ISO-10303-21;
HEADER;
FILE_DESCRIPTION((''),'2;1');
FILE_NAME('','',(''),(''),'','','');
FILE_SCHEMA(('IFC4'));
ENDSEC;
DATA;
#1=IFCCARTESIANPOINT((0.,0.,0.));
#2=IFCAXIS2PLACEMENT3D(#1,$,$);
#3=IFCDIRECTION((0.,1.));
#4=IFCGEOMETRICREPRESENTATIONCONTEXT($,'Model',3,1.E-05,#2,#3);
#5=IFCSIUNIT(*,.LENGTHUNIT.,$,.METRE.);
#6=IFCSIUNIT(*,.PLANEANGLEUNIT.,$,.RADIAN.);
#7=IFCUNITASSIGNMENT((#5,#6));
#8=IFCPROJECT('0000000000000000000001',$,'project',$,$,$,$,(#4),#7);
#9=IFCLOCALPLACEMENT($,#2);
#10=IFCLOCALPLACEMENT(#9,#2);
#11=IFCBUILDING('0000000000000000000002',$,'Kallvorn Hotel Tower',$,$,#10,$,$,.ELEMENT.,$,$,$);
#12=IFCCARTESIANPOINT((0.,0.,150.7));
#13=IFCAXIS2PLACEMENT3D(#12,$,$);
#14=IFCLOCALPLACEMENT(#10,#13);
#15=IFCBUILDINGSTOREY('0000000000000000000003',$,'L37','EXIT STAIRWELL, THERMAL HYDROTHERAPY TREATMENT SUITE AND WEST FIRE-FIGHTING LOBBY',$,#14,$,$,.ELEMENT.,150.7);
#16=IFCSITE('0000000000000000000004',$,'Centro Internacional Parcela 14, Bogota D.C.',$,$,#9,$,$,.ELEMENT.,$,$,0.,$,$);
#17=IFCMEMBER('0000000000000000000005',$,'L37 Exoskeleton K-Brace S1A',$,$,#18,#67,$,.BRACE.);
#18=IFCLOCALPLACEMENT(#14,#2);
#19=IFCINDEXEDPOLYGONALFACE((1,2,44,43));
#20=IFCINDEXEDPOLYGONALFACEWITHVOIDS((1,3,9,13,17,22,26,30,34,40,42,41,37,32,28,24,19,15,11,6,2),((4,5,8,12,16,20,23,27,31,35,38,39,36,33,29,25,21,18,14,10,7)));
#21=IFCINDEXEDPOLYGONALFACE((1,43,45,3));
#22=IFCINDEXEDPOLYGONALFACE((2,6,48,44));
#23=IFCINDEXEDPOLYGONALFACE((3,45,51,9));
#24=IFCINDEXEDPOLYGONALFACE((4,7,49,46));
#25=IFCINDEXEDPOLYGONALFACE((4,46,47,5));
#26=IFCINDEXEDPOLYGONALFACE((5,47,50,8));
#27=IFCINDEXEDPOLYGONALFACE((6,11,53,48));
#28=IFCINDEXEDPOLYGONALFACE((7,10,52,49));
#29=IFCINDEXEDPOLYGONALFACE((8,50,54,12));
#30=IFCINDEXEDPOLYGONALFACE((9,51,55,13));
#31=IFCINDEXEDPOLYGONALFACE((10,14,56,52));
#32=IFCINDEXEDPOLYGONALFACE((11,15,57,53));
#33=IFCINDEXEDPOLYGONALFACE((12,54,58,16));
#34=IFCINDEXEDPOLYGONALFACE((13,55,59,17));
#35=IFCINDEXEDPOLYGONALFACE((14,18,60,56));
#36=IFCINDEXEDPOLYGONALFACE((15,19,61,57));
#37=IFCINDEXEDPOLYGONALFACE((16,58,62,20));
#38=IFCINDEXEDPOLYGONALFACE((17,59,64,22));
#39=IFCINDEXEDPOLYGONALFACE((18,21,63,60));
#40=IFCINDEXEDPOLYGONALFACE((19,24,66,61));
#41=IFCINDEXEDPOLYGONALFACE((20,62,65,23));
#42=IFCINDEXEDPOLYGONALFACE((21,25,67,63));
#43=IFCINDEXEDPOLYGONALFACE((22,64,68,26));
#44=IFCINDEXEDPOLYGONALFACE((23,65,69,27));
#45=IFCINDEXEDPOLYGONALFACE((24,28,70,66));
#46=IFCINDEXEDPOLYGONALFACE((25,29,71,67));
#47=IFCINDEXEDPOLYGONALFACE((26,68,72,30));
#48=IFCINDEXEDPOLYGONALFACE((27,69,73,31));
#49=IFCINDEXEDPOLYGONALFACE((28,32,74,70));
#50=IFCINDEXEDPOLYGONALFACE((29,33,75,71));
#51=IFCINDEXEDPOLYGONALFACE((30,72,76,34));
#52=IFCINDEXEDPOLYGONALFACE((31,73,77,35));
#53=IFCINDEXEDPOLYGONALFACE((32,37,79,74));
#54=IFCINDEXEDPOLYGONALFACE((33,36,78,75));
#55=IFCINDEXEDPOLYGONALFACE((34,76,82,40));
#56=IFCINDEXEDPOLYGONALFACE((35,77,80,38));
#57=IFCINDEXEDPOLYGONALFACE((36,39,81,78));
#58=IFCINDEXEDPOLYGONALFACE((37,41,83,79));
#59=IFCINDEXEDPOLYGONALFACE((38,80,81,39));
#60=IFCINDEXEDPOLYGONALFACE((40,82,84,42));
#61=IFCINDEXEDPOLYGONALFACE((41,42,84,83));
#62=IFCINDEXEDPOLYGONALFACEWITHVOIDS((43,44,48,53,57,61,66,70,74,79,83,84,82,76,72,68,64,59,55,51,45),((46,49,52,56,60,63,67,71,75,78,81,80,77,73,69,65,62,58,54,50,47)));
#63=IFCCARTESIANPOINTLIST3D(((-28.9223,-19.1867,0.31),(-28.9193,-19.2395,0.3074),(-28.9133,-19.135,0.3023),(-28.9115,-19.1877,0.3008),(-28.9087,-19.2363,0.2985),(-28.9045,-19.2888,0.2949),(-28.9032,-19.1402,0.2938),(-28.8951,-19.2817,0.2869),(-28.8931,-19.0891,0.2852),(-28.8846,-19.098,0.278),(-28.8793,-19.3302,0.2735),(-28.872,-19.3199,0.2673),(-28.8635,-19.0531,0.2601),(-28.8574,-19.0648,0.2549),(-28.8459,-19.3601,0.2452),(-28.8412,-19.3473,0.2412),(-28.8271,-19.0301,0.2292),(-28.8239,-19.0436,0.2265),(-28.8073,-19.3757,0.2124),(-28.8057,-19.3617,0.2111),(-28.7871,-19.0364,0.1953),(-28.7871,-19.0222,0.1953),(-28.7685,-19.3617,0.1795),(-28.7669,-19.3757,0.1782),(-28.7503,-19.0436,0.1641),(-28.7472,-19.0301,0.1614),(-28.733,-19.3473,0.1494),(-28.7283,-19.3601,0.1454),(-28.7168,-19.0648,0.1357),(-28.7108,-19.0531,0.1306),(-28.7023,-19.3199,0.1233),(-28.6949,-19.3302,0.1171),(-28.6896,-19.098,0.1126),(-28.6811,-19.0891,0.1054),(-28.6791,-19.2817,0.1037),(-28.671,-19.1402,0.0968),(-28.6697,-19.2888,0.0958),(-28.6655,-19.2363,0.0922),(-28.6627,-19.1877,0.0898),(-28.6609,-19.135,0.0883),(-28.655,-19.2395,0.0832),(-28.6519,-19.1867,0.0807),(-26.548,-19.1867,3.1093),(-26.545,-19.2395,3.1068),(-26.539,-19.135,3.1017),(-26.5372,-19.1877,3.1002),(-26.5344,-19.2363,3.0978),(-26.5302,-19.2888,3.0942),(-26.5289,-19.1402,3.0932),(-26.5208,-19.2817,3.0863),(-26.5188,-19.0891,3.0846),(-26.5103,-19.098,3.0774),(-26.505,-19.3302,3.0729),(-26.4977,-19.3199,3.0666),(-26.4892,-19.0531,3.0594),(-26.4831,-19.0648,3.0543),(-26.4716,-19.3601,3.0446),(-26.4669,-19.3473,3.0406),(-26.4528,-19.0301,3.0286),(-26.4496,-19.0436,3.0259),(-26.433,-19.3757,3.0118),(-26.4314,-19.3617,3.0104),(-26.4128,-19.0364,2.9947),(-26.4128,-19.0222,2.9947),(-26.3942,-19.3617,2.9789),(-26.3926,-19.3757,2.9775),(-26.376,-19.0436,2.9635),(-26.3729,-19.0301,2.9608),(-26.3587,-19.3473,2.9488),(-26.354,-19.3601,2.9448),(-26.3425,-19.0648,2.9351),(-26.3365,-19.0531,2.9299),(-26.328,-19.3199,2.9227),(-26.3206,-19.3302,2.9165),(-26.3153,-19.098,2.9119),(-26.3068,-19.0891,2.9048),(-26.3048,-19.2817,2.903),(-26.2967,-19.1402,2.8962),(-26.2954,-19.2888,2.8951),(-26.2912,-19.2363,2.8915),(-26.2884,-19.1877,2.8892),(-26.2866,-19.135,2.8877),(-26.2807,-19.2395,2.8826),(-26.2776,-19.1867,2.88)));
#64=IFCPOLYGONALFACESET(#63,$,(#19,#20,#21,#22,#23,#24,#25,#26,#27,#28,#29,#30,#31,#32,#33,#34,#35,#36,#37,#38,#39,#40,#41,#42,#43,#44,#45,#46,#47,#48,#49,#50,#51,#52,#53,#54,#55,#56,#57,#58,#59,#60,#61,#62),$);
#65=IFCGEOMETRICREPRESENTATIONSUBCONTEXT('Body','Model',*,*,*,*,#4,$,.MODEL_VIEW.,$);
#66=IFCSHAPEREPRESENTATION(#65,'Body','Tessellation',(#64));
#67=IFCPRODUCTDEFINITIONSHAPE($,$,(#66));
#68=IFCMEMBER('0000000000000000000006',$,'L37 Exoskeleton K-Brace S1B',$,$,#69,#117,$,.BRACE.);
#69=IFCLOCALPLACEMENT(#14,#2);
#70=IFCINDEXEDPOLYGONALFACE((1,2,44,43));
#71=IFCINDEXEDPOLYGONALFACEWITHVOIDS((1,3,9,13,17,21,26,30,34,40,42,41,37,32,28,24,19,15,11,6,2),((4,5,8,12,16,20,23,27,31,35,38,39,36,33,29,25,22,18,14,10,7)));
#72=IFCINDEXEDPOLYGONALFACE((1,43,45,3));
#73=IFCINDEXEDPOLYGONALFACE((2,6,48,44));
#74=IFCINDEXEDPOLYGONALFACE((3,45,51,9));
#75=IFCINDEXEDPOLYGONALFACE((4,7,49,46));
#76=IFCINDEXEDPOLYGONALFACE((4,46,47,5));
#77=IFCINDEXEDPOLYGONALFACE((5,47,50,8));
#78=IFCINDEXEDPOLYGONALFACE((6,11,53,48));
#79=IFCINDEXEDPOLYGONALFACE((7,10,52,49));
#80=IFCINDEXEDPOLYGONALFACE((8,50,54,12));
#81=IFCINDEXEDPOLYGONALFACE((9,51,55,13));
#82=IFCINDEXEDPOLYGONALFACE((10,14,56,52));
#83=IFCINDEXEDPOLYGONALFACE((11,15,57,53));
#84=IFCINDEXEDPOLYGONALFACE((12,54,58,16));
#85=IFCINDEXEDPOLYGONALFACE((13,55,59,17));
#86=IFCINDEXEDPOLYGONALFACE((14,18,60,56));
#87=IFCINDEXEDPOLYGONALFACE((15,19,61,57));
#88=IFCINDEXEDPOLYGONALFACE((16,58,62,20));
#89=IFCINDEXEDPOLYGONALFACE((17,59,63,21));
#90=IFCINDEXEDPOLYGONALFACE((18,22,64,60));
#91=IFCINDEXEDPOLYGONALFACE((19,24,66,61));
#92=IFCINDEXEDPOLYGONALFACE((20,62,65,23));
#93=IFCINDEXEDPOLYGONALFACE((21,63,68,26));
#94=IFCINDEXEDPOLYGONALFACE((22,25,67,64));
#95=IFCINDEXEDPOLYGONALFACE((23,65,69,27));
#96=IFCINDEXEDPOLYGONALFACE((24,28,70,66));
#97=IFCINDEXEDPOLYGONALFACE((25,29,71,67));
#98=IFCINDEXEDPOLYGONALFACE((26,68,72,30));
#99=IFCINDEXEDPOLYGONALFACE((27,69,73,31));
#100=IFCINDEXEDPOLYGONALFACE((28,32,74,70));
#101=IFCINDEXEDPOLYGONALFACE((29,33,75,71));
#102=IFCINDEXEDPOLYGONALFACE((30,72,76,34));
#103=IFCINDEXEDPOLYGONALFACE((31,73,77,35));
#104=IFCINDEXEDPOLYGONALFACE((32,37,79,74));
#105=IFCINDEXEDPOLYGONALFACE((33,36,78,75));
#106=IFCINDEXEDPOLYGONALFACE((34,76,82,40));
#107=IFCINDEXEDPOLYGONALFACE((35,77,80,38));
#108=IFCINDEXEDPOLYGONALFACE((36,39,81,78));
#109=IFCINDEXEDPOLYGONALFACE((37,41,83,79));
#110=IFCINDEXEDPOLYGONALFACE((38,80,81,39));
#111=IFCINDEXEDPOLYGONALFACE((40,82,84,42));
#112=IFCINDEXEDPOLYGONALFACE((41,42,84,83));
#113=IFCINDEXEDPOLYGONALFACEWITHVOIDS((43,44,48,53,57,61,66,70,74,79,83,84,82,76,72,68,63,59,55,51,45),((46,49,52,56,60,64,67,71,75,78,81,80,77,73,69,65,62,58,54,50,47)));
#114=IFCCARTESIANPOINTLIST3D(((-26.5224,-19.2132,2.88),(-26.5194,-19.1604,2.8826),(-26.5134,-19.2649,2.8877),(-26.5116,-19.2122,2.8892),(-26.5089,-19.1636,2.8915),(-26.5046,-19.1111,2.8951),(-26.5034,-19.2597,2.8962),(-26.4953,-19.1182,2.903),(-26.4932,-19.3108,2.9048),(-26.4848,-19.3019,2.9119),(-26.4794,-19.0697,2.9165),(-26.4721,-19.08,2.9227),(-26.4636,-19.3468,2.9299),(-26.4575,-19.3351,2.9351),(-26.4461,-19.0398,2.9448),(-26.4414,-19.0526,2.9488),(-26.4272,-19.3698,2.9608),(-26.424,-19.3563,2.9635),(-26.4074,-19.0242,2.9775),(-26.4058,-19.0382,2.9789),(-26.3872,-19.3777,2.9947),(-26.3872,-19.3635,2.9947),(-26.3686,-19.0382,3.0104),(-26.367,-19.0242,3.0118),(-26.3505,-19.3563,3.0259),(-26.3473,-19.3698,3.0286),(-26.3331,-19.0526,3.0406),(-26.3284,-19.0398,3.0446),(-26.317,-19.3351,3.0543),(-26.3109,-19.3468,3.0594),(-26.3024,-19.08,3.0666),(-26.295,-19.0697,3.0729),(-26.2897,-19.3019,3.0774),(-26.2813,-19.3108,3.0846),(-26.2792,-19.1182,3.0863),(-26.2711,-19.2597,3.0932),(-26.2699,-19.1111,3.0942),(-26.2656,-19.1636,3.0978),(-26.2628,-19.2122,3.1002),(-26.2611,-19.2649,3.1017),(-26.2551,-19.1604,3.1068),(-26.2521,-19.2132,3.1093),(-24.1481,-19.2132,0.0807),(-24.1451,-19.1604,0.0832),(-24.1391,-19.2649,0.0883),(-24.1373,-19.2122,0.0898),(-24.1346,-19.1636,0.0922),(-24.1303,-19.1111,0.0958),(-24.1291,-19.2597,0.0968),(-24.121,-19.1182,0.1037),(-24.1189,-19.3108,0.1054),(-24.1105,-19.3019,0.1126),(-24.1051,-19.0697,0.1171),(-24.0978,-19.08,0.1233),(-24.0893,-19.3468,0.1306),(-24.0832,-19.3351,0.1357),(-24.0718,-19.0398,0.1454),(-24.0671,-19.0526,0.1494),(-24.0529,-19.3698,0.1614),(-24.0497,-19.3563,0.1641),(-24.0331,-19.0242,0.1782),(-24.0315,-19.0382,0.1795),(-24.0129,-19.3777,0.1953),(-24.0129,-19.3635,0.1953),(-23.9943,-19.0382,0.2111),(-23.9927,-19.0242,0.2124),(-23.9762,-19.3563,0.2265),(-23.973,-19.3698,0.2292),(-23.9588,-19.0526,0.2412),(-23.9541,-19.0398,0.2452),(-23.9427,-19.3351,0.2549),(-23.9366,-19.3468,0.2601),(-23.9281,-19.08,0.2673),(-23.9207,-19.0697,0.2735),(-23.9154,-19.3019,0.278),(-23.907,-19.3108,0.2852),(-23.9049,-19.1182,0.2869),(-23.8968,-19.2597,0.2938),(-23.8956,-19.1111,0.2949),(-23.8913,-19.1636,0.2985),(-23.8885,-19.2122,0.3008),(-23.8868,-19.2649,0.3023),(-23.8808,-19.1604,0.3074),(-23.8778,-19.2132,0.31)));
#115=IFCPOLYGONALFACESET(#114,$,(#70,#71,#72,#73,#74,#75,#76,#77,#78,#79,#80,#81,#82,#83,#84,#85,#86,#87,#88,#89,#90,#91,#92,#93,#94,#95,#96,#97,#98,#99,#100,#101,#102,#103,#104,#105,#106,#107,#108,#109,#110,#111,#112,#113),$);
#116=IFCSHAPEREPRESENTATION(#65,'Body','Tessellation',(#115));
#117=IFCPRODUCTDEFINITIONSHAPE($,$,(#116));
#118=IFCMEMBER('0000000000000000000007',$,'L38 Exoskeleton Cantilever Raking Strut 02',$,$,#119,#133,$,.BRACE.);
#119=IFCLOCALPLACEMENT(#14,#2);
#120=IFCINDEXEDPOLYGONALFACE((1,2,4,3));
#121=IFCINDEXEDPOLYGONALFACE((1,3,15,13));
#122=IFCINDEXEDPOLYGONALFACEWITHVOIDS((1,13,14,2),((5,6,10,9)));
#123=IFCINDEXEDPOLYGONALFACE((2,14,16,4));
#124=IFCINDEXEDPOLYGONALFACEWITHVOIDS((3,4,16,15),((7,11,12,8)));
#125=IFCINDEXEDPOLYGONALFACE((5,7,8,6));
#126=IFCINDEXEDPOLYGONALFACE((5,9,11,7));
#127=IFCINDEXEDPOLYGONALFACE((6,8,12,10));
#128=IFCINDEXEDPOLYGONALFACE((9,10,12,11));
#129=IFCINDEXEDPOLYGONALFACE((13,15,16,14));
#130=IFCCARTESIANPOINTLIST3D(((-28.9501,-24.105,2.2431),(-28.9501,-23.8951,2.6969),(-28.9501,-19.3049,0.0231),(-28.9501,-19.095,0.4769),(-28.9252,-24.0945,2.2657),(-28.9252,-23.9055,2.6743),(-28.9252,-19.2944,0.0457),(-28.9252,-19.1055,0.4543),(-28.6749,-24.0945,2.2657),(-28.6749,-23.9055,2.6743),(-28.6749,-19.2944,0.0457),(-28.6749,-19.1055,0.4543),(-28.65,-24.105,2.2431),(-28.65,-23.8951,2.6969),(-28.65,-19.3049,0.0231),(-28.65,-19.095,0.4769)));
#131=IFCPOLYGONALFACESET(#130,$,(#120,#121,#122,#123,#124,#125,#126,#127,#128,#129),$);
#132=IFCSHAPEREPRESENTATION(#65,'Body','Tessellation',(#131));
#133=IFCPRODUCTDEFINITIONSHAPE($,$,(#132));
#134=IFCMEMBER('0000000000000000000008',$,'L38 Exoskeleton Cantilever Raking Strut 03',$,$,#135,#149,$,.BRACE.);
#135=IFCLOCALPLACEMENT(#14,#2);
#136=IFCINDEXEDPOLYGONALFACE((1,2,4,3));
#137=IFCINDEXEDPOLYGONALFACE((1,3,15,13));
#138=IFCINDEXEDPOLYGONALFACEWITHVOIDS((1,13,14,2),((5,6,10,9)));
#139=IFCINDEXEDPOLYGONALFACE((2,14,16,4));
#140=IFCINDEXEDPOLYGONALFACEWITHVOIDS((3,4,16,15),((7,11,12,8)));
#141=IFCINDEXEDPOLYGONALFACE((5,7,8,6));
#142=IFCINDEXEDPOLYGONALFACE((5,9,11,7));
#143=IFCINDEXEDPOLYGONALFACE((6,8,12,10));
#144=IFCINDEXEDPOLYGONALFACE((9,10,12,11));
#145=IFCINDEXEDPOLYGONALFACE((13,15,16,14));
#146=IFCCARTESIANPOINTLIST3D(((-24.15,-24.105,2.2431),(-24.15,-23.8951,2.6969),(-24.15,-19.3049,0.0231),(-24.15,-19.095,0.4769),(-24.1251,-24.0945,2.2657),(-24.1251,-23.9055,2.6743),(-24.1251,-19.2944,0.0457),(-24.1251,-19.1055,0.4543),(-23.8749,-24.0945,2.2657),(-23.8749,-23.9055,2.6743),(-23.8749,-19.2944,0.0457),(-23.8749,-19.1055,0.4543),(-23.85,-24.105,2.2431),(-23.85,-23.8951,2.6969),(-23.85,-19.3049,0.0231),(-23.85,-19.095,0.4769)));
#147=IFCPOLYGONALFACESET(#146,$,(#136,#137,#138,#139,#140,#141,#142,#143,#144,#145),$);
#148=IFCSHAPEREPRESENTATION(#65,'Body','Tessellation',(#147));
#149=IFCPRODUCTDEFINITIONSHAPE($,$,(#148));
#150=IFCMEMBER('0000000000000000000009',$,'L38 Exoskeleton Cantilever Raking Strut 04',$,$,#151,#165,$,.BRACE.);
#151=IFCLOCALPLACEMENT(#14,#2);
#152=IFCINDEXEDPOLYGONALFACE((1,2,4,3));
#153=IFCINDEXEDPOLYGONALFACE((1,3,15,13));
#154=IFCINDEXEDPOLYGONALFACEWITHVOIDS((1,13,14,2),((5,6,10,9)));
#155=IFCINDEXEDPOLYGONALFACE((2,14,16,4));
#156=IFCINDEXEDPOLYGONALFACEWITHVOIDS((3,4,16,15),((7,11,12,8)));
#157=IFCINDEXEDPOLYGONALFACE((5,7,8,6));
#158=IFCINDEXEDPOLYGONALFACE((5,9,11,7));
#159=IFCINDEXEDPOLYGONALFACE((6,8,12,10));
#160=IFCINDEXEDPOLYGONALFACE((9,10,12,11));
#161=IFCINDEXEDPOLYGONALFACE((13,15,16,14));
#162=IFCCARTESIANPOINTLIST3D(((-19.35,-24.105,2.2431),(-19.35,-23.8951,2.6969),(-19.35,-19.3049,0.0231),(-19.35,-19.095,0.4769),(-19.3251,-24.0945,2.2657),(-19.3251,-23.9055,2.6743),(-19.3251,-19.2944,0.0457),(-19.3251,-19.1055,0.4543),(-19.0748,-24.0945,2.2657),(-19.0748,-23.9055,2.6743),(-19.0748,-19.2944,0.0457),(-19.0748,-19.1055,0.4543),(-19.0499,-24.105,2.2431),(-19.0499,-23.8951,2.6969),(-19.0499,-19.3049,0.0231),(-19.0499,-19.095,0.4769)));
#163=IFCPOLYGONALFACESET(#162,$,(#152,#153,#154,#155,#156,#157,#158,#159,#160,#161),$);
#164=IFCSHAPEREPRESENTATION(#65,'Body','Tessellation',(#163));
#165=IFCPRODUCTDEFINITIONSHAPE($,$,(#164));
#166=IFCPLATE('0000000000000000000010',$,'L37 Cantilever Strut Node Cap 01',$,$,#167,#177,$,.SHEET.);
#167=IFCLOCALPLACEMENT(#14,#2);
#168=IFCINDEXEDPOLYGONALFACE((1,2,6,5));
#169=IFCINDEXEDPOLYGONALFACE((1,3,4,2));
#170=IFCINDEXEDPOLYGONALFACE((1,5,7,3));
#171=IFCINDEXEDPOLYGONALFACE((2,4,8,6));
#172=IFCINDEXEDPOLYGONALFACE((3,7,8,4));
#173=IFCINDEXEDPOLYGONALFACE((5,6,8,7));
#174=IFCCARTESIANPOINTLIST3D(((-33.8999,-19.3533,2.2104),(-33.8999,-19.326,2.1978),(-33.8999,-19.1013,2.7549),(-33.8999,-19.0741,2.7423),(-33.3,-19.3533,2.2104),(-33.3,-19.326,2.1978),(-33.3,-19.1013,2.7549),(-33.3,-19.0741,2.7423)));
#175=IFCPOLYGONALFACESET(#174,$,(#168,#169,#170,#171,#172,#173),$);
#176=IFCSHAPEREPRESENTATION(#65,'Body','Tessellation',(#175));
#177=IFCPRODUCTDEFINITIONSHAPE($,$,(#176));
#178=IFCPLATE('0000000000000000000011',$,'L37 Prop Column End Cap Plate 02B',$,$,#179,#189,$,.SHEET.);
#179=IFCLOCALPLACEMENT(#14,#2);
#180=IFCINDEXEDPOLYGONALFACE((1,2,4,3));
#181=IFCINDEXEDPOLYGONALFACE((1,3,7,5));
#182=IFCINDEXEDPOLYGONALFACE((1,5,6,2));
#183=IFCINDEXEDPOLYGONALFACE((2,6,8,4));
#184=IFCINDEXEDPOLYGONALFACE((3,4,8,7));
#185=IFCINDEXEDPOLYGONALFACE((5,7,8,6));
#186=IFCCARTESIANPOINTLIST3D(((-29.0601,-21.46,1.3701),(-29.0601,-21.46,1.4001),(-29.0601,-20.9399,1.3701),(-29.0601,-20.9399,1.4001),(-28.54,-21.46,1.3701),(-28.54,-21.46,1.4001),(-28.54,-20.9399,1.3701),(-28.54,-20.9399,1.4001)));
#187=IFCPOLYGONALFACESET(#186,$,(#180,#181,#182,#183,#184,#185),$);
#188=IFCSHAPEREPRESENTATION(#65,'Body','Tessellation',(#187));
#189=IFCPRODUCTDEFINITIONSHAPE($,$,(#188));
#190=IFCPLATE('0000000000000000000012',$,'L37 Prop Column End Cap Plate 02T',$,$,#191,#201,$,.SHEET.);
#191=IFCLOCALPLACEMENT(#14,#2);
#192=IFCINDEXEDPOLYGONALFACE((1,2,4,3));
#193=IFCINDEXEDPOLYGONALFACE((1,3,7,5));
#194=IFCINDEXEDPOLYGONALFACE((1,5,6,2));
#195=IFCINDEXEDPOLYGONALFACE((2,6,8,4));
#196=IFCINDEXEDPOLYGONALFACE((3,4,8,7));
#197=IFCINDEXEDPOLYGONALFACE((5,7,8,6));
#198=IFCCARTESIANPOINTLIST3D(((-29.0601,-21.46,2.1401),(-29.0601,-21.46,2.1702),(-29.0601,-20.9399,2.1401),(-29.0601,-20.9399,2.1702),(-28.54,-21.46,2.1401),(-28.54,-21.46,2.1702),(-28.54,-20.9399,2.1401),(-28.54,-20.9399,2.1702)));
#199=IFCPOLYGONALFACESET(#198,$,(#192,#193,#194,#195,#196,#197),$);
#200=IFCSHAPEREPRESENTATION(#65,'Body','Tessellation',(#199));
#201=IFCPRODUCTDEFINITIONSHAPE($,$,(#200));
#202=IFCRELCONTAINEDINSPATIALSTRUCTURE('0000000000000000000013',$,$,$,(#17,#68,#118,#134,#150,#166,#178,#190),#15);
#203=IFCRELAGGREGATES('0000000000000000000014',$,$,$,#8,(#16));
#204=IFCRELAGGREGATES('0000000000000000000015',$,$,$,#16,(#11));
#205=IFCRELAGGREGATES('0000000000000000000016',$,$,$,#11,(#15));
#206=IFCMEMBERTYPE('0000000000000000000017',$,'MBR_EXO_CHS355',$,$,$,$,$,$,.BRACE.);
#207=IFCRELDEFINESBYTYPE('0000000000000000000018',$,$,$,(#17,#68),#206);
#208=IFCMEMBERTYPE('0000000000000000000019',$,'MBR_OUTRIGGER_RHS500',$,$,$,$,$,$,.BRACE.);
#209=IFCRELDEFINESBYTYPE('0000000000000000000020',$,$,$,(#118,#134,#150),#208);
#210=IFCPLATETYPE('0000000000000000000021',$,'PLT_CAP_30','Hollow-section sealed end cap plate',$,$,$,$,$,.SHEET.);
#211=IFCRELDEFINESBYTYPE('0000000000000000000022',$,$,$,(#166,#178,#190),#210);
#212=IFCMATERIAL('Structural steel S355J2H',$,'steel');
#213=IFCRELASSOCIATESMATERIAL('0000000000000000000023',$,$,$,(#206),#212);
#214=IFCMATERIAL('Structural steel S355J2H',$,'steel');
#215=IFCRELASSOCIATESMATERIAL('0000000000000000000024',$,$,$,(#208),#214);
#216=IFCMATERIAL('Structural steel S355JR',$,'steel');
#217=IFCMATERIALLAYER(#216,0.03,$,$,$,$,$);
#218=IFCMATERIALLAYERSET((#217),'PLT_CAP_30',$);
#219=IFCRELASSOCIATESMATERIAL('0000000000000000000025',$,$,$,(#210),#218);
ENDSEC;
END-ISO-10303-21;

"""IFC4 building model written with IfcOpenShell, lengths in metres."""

from ifc_helpers import new_model, si_unit, direction, frame, origin, origin_2d, place, context, subcontext, project, spatial, polyline, rectangle, hollow_rectangle, hollow_circle, outline, extrude, material, layer, layer_set, material_profile, profile_set, type_object, element, save


model = new_model("IFC4")

# Units and contexts
model_context = context("Model", 3, precision=1e-05, world=origin(), true_north=direction((0.0, 1.0)))
body_context = subcontext(model_context, "Body", "Model", "MODEL_VIEW")
ifc_project = project(units=[si_unit("LENGTHUNIT", "METRE"), si_unit("PLANEANGLEUNIT", "RADIAN")], contexts=[model_context])

# Site, building, storey
site_placement = place(None, origin())
site = spatial("IfcSite", under=ifc_project, at=site_placement, Name="Centro Internacional Parcela 14, Bogota D.C.", CompositionType="ELEMENT", RefElevation=0.0)
building_placement = place(site_placement, origin())
building = spatial("IfcBuilding", under=site, at=building_placement, Name="Kallvorn Hotel Tower", CompositionType="ELEMENT")
storey_placement = place(building_placement, frame((0.0, 0.0, 150.7)))
storey = spatial("IfcBuildingStorey", under=building, at=storey_placement, Name="L37", Description="EXIT STAIRWELL, THERMAL HYDROTHERAPY TREATMENT SUITE AND WEST FIRE-FIGHTING LOBBY", CompositionType="ELEMENT", Elevation=150.7)

# Members
ifc_material_1 = material(Name="Structural steel S355J2H", Category="steel")
ifc_material_profile_1 = material_profile(ifc_material_1, hollow_circle(Radius=0.1777, WallThickness=0.0142, at=origin_2d()), Name="CHS 355.6x14.2")
ifc_profile_set_1 = profile_set([ifc_material_profile_1], Name="Structural steel S355J2H")
member_type_1 = type_object("IfcMemberType", Name="MBR_EXO_CHS355", PredefinedType="BRACE", material=ifc_profile_set_1)
for number, where, z_axis, x_axis, name in (
    (1, (-28.7871, -19.2, 0.1953), (0.646833, 0.0, 0.762631), (0.0, 1.0, 0.0), "L37 Exoskeleton K-Brace S1A"),
    (2, (-24.0129, -19.2, 0.1953), (-0.646833, 0.0, 0.762631), (0.0, -1.0, 0.0), "L37 Exoskeleton K-Brace S1B"),
):
    element("IfcMember", number, at=place(storey_placement, frame(where, z_axis=z_axis, x_axis=x_axis)), inside=storey, type_object=member_type_1, Name=name, PredefinedType="BRACE", context=body_context, shape_type="SweptSolid", body=[
        extrude(hollow_circle(Radius=0.1777, WallThickness=0.0142, at=origin_2d()), origin(), (0.0, 0.0, 1.0), 3.6707),
    ])
ifc_material_2 = material(Name="Structural steel S355J2H", Category="steel")
ifc_material_profile_2 = material_profile(ifc_material_2, hollow_rectangle(XDim=0.3, YDim=0.5, WallThickness=0.0249, at=origin_2d()), Name="RHS 500x300x25")
ifc_profile_set_2 = profile_set([ifc_material_profile_2], Name="Structural steel S355J2H")
member_type_2 = type_object("IfcMemberType", Name="MBR_OUTRIGGER_RHS500", PredefinedType="BRACE", material=ifc_profile_set_2)
for number, where, z_axis, x_axis, name in (
    (3, (-28.8, -19.2, 0.25), (0.0, -0.907631, 0.419769), (1.0, 0.0, 0.0), "L38 Exoskeleton Cantilever Raking Strut 02"),
    (4, (-24.0, -19.2, 0.25), (0.0, -0.907631, 0.419769), (1.0, 0.0, 0.0), "L38 Exoskeleton Cantilever Raking Strut 03"),
    (5, (-19.2, -19.2, 0.25), (0.0, -0.907631, 0.419769), (1.0, 0.0, 0.0), "L38 Exoskeleton Cantilever Raking Strut 04"),
):
    element("IfcMember", number, at=place(storey_placement, frame(where, z_axis=z_axis, x_axis=x_axis)), inside=storey, type_object=member_type_2, Name=name, PredefinedType="BRACE", context=body_context, shape_type="SweptSolid", body=[
        extrude(hollow_rectangle(XDim=0.3, YDim=0.5, WallThickness=0.0249, at=origin_2d()), origin(), (0.0, 0.0, 1.0), 5.2886),
    ])

# Plates
ifc_material_3 = material(Name="Structural steel S355JR", Category="steel")
ifc_layer_1 = layer(ifc_material_3, 0.03)
ifc_layer_set_1 = layer_set([ifc_layer_1], Name="PLT_CAP_30")
plate_type_1 = type_object("IfcPlateType", Name="PLT_CAP_30", Description="Hollow-section sealed end cap plate", PredefinedType="SHEET", material=ifc_layer_set_1)
plate_1_placement = place(storey_placement, frame((-33.8999, -19.3533, 2.2104), z_axis=(0.0, -0.90753, 0.419987), x_axis=(1.0, 0.0, 0.0)))
element("IfcPlate", 6, at=plate_1_placement, inside=storey, type_object=plate_type_1, Name="L37 Cantilever Strut Node Cap 01", PredefinedType="SHEET", context=body_context, shape_type="SweptSolid", body=[
    extrude(outline(polyline([(0.0, 0.0), (0.5999, 0.0), (0.5999, 0.5999), (0.0, 0.5999), (0.0, 0.0)])), origin(), (0.0, 0.0, -1.0), 0.03),
])
for number, where, z_axis, x_axis, name in (
    (7, (-28.8, -21.2, 1.3701), (0.0, 0.0, 1.0), (1.0, 0.0, 0.0), "L37 Prop Column End Cap Plate 02B"),
    (8, (-28.8, -21.2, 2.1401), (0.0, 0.0, 1.0), (1.0, 0.0, 0.0), "L37 Prop Column End Cap Plate 02T"),
):
    element("IfcPlate", number, at=place(storey_placement, frame(where, z_axis=z_axis, x_axis=x_axis)), inside=storey, type_object=plate_type_1, Name=name, PredefinedType="SHEET", context=body_context, shape_type="SweptSolid", body=[
        extrude(rectangle(XDim=0.52, YDim=0.52, at=origin_2d()), origin(), (0.0, 0.0, 1.0), 0.03),
    ])

save(model, "model.ifc")
